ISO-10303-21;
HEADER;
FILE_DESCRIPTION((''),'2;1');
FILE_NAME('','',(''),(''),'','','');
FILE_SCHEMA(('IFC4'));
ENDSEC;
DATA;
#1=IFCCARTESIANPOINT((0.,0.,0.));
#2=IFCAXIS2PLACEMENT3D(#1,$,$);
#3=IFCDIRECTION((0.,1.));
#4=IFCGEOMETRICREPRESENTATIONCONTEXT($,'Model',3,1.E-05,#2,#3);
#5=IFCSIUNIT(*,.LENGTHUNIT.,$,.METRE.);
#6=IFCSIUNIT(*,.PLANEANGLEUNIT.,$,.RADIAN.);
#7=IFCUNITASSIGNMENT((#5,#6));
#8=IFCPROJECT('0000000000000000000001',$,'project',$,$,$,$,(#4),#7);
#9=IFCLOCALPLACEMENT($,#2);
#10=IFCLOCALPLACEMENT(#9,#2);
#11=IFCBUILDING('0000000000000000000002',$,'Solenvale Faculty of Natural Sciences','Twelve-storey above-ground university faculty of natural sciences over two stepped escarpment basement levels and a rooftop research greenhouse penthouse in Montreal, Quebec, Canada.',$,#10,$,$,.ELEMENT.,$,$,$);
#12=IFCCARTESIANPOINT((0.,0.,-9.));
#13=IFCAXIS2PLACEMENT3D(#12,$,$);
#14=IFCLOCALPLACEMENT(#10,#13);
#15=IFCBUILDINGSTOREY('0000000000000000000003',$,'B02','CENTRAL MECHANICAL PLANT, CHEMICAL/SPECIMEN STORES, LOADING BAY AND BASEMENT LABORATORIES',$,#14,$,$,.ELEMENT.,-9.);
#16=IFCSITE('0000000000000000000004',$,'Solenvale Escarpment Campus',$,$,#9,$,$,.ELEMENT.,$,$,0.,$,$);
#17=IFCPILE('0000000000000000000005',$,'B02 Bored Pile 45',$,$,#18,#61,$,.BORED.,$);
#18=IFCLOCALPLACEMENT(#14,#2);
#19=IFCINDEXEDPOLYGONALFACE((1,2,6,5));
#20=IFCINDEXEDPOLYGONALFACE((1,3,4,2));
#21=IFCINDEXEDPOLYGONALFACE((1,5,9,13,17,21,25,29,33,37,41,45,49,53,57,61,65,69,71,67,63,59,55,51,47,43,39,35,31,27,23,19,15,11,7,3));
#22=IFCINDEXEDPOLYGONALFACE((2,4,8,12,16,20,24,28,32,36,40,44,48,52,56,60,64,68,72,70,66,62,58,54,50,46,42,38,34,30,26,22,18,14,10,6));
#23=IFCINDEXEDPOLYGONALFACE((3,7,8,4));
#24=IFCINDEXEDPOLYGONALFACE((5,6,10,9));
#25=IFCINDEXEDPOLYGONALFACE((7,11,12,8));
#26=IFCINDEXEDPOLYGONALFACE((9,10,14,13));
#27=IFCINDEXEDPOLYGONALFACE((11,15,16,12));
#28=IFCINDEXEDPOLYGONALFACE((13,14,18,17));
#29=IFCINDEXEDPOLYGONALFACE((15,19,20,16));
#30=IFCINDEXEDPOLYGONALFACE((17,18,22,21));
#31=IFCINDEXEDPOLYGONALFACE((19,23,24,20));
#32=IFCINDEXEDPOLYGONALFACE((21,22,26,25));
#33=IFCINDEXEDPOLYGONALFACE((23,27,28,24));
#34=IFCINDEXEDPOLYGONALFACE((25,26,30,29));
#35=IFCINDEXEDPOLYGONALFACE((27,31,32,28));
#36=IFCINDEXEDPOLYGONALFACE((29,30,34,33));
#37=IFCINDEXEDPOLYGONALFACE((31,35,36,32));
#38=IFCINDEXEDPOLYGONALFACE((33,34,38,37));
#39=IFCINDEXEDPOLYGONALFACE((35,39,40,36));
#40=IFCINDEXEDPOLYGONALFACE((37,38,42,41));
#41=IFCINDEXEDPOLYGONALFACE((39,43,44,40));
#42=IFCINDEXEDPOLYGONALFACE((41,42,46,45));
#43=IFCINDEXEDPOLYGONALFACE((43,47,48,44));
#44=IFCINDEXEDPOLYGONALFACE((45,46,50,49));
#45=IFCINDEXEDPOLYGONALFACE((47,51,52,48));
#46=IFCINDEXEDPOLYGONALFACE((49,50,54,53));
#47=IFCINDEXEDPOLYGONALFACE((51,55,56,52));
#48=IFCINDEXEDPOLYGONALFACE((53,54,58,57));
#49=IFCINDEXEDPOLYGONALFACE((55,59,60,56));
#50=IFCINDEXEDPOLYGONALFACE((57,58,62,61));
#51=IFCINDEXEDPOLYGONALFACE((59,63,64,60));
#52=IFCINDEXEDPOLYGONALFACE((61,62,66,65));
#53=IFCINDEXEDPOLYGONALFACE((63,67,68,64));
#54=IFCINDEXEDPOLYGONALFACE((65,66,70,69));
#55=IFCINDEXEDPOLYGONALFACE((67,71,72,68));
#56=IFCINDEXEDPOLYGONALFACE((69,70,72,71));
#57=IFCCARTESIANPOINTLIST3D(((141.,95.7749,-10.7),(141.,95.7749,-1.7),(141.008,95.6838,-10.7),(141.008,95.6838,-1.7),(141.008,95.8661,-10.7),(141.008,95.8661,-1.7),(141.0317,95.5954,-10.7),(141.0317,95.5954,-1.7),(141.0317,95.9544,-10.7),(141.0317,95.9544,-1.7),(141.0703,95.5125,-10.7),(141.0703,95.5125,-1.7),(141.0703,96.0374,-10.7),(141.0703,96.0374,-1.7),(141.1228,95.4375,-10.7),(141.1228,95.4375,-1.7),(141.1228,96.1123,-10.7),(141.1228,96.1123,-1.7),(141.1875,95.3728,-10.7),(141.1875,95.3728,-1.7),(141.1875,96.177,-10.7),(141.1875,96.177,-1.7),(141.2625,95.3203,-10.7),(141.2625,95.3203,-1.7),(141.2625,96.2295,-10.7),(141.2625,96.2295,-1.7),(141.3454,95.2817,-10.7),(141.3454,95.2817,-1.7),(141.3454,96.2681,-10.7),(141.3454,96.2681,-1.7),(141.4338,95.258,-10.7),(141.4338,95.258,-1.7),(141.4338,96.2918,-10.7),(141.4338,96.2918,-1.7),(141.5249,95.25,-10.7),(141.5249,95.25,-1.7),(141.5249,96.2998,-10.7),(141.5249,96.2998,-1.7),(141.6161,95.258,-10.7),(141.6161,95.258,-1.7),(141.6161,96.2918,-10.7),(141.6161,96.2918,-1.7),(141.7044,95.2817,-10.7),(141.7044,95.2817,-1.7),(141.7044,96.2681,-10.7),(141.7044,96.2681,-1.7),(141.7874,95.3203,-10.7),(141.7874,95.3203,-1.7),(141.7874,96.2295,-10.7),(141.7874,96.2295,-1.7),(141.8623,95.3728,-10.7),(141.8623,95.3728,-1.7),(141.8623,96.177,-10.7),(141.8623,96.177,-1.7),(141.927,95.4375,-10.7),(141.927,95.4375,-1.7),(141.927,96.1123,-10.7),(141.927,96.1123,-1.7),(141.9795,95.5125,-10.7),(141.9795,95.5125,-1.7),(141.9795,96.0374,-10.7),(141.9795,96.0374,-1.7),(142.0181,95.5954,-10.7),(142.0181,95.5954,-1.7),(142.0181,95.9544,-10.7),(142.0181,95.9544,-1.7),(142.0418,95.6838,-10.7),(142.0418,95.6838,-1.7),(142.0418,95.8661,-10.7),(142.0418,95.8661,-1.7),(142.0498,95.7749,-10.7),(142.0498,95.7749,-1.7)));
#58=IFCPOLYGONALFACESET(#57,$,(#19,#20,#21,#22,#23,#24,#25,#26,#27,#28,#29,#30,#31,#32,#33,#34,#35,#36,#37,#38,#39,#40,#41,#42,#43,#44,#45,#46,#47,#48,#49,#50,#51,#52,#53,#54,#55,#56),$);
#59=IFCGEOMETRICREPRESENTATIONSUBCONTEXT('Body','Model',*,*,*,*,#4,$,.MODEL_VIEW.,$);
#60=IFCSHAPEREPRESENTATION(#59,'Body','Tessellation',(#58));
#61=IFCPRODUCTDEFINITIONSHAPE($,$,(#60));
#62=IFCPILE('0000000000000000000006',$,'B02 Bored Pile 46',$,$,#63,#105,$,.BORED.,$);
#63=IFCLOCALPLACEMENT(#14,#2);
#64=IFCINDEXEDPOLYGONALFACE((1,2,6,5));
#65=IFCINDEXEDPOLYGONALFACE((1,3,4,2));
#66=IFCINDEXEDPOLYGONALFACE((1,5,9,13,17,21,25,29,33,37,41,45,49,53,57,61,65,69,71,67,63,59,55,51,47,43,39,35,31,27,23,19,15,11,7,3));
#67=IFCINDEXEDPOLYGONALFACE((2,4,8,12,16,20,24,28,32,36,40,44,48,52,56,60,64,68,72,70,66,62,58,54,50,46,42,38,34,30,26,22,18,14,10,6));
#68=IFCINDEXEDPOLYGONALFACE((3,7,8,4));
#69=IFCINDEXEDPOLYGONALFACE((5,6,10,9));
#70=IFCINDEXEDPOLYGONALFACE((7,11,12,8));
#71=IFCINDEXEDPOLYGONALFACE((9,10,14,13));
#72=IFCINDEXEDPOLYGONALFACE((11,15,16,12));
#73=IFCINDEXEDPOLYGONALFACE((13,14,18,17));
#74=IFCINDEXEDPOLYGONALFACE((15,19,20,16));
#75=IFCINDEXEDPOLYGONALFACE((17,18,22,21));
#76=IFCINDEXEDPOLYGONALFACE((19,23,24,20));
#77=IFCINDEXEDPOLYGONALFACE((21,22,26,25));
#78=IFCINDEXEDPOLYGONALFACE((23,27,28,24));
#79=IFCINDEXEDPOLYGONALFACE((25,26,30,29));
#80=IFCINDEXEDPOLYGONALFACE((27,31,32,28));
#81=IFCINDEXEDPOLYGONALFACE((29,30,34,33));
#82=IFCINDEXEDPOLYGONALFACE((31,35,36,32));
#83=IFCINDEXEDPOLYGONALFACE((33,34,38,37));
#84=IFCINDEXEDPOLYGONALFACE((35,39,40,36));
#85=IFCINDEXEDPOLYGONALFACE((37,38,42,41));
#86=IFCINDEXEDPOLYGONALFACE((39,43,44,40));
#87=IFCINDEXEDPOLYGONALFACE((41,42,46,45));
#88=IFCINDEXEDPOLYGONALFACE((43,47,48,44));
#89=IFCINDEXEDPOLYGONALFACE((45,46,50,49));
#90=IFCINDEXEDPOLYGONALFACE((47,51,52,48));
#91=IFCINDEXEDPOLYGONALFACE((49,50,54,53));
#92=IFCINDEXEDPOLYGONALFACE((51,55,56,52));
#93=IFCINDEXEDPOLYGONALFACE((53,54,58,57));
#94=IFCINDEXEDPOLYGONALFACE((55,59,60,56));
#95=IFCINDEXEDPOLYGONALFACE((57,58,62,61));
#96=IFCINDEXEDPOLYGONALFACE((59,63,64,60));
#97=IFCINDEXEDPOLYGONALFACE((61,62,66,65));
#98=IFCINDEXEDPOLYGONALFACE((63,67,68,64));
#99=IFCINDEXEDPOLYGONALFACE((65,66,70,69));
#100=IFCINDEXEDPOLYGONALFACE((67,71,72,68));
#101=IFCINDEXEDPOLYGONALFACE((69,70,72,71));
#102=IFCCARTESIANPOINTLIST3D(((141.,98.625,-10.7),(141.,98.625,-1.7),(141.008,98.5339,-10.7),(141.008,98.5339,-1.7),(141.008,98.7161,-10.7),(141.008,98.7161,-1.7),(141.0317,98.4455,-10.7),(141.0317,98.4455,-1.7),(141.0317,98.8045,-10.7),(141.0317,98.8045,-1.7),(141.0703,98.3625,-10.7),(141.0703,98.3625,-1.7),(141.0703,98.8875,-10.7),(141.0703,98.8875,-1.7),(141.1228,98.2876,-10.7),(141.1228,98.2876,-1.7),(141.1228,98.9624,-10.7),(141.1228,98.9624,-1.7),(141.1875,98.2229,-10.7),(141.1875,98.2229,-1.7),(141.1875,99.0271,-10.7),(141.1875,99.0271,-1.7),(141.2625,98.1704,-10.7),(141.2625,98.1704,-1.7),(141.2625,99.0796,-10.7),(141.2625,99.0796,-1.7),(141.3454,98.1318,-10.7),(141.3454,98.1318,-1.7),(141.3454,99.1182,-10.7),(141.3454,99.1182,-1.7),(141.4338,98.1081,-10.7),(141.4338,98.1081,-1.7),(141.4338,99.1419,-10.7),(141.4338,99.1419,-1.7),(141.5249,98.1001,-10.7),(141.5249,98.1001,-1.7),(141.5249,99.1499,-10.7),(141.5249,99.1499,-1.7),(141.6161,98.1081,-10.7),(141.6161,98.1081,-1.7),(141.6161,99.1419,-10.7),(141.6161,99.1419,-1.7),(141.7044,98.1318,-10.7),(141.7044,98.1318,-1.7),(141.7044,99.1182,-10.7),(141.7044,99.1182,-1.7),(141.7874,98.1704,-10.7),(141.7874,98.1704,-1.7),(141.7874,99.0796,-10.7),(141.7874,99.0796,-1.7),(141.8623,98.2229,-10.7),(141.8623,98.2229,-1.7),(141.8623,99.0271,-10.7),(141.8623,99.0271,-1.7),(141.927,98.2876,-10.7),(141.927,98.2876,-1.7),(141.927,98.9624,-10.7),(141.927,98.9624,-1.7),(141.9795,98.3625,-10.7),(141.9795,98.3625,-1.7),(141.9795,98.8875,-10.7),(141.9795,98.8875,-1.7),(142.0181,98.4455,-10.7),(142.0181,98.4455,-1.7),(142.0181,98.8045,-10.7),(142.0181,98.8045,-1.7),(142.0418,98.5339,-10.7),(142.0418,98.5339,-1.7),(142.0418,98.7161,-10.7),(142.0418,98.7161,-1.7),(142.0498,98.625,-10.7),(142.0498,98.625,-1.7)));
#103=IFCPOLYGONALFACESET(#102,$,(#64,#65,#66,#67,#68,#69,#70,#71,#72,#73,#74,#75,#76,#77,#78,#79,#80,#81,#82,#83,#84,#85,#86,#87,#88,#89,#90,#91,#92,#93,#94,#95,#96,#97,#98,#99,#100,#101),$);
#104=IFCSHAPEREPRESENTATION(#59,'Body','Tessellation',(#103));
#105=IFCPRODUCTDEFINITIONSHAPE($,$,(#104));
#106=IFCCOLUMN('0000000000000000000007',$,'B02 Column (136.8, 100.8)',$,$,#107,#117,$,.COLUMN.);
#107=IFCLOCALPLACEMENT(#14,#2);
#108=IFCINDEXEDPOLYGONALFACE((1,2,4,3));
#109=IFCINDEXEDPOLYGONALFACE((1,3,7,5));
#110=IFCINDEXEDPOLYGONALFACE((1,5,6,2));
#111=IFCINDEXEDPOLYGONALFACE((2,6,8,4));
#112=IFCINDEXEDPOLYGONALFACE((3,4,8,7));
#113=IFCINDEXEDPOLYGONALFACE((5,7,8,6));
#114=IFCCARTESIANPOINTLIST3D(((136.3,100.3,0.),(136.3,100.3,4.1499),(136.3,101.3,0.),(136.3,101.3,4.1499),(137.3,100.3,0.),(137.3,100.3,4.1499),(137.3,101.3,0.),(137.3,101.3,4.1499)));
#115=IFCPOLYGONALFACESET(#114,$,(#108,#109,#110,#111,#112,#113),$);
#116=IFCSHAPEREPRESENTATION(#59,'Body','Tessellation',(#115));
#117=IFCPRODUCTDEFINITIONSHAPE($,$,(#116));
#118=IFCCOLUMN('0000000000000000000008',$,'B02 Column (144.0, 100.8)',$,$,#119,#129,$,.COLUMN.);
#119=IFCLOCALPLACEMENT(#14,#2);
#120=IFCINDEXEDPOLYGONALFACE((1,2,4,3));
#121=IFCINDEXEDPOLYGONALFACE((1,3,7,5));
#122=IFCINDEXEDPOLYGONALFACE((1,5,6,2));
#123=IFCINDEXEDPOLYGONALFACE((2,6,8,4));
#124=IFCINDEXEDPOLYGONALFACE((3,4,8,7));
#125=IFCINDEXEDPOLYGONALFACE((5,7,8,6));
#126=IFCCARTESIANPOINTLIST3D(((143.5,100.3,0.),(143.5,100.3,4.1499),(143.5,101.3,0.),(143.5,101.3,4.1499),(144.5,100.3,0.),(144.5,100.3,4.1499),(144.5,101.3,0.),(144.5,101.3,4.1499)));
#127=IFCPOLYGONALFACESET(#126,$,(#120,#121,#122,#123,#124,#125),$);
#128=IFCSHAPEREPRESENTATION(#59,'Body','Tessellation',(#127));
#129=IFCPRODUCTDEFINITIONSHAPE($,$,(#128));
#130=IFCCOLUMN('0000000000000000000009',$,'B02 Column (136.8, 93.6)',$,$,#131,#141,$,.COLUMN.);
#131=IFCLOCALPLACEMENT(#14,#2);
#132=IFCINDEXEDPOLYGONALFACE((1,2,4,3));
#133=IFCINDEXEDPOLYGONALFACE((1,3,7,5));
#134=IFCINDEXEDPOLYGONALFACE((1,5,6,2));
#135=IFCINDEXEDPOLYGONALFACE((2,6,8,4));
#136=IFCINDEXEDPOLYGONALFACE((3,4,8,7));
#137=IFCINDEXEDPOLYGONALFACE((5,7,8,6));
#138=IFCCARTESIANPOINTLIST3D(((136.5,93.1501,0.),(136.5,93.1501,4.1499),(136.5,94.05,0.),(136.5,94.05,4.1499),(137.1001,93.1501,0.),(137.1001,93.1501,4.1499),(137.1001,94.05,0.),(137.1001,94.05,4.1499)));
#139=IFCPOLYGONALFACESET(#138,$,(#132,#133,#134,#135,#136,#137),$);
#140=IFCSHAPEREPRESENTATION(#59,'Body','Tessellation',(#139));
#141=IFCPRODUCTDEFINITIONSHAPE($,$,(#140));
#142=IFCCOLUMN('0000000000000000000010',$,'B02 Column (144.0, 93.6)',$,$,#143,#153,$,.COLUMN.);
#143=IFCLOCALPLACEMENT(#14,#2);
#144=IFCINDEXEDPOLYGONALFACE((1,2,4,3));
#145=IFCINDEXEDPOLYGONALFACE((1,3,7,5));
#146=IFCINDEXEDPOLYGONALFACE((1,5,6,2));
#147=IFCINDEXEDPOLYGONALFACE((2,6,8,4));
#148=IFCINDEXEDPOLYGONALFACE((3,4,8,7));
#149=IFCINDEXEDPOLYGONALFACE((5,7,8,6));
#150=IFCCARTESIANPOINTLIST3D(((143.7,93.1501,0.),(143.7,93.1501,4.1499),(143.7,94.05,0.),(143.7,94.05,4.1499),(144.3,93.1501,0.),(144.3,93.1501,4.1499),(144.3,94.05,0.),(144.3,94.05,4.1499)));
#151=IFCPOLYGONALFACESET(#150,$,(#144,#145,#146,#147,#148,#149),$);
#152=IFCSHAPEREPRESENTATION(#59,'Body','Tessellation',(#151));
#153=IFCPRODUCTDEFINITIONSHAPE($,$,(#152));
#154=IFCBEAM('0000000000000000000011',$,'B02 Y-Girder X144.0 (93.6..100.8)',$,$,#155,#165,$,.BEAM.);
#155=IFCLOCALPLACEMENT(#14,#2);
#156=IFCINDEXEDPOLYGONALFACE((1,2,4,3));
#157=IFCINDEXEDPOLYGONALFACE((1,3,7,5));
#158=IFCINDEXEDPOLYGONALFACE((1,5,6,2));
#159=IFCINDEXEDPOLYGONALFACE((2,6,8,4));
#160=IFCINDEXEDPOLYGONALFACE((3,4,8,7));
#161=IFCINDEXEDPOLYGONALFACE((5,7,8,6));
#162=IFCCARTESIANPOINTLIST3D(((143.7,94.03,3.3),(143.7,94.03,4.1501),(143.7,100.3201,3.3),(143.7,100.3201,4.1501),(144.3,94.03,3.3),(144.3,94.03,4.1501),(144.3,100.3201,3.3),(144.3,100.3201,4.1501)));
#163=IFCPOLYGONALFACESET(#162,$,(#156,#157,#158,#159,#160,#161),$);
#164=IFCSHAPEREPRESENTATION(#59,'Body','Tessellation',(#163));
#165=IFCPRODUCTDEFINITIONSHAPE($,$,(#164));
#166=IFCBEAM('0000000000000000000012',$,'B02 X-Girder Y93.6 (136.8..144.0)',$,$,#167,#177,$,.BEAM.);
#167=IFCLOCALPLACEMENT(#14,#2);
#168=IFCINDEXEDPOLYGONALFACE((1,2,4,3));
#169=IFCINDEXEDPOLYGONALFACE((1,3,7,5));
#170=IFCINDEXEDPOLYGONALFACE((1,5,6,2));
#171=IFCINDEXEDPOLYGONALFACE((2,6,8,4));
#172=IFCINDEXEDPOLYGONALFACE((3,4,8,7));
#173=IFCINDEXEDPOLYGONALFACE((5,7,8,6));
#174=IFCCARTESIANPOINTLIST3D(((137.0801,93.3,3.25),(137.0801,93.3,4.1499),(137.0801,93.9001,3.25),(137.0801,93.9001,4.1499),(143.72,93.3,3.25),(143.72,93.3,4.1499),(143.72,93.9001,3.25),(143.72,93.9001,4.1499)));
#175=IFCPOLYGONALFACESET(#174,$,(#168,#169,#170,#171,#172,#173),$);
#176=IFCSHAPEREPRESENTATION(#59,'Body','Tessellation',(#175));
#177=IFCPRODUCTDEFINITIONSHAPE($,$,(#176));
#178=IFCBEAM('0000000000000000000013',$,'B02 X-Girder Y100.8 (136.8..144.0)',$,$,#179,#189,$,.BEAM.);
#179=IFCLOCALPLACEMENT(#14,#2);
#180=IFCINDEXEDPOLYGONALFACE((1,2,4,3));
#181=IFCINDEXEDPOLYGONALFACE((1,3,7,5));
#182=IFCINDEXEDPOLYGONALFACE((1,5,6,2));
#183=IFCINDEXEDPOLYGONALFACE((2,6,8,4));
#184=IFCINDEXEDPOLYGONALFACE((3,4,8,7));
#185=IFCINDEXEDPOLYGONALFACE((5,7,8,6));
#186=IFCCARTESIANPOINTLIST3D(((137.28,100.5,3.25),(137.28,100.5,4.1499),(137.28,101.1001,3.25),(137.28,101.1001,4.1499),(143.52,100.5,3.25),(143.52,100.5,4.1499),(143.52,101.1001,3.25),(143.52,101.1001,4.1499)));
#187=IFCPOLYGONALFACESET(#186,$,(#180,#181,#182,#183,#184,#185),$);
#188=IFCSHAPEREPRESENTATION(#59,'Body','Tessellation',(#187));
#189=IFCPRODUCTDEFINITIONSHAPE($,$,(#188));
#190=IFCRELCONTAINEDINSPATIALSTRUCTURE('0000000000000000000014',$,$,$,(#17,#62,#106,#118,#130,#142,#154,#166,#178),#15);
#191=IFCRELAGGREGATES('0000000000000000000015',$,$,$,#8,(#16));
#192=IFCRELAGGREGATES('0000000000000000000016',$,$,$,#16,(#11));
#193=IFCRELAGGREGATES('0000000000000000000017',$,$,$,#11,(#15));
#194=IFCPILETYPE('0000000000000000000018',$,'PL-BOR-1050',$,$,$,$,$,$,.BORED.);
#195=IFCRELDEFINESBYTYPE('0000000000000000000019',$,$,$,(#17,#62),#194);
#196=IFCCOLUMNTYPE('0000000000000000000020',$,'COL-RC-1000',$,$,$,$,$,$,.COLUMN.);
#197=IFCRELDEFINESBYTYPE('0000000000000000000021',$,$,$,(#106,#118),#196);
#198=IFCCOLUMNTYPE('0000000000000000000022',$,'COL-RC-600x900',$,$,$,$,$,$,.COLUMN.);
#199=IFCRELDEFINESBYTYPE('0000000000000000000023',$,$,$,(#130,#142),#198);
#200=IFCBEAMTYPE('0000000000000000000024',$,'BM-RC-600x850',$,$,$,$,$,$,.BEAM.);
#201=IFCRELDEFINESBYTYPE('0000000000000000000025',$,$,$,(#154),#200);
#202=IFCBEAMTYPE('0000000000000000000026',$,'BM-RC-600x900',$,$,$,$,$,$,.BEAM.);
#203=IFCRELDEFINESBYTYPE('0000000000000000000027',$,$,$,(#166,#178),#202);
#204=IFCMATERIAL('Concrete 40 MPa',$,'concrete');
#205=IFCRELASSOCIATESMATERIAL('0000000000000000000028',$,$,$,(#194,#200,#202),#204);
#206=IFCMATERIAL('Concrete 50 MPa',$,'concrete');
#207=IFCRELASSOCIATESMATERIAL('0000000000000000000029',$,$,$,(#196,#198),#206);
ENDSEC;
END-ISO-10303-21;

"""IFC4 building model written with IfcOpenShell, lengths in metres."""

from ifc_helpers import new_model, si_unit, direction, frame, origin, origin_2d, place, context, subcontext, project, spatial, rectangle, circle, extrude, material, material_profile, profile_set, type_object, element, save


model = new_model("IFC4")

# Units and contexts
model_context = context("Model", 3, precision=1e-05, world=origin(), true_north=direction((0.0, 1.0)))
body_context = subcontext(model_context, "Body", "Model", "MODEL_VIEW")
ifc_project = project(units=[si_unit("LENGTHUNIT", "METRE"), si_unit("PLANEANGLEUNIT", "RADIAN")], contexts=[model_context])

# Site, building, storey
site_placement = place(None, origin())
site = spatial("IfcSite", under=ifc_project, at=site_placement, Name="Solenvale Escarpment Campus", CompositionType="ELEMENT", RefElevation=0.0)
building_placement = place(site_placement, origin())
building = spatial("IfcBuilding", under=site, at=building_placement, Name="Solenvale Faculty of Natural Sciences", Description="Twelve-storey above-ground university faculty of natural sciences over two stepped escarpment basement levels and a rooftop research greenhouse penthouse in Montreal, Quebec, Canada.", CompositionType="ELEMENT")
storey_placement = place(building_placement, frame((0.0, 0.0, -9.0)))
storey = spatial("IfcBuildingStorey", under=building, at=storey_placement, Name="B02", Description="CENTRAL MECHANICAL PLANT, CHEMICAL/SPECIMEN STORES, LOADING BAY AND BASEMENT LABORATORIES", CompositionType="ELEMENT", Elevation=-9.0)

# Shared definitions
ifc_material_1 = material(Name="Concrete 40 MPa", Category="concrete")

# Piles
ifc_material_profile_1 = material_profile(ifc_material_1, circle(Radius=0.5249, at=origin_2d()), Name="PILE-D1050")
ifc_profile_set_1 = profile_set([ifc_material_profile_1], Name="Concrete 40 MPa")
pile_type = type_object("IfcPileType", Name="PL-BOR-1050", PredefinedType="BORED", material=ifc_profile_set_1)
for number, where, z_axis, x_axis, name in (
    (1, (141.5249, 95.7749, -1.7), (0.0, 0.0, -1.0), (1.0, 0.0, 0.0), "B02 Bored Pile 45"),
    (2, (141.5249, 98.625, -1.7), (0.0, 0.0, -1.0), (1.0, 0.0, 0.0), "B02 Bored Pile 46"),
):
    element("IfcPile", number, at=place(storey_placement, frame(where, z_axis=z_axis, x_axis=x_axis)), inside=storey, type_object=pile_type, Name=name, PredefinedType="BORED", context=body_context, shape_type="SweptSolid", body=[
        extrude(circle(Radius=0.5249, at=origin_2d()), origin(), (0.0, 0.0, 1.0), 9.0),
    ])

# Columns
ifc_material_2 = material(Name="Concrete 50 MPa", Category="concrete")
ifc_material_profile_2 = material_profile(ifc_material_2, rectangle(XDim=1.0, YDim=1.0, at=origin_2d()), Name="RC-COL-1000x1000")
ifc_profile_set_2 = profile_set([ifc_material_profile_2], Name="Concrete 50 MPa")
column_type_1 = type_object("IfcColumnType", Name="COL-RC-1000", PredefinedType="COLUMN", material=ifc_profile_set_2)
for number, where, z_axis, x_axis, name in (
    (3, (136.8, 100.8, 0.0), (0.0, 0.0, 1.0), (1.0, 0.0, 0.0), "B02 Column (136.8, 100.8)"),
    (4, (144.0, 100.8, 0.0), (0.0, 0.0, 1.0), (1.0, 0.0, 0.0), "B02 Column (144.0, 100.8)"),
):
    element("IfcColumn", number, at=place(storey_placement, frame(where, z_axis=z_axis, x_axis=x_axis)), inside=storey, type_object=column_type_1, Name=name, PredefinedType="COLUMN", context=body_context, shape_type="SweptSolid", body=[
        extrude(rectangle(XDim=1.0, YDim=1.0, at=origin_2d()), origin(), (0.0, 0.0, 1.0), 4.1499),
    ])
ifc_material_profile_3 = material_profile(ifc_material_2, rectangle(XDim=0.6001, YDim=0.8999, at=origin_2d()), Name="RC-COL-600x900")
ifc_profile_set_3 = profile_set([ifc_material_profile_3], Name="Concrete 50 MPa")
column_type_2 = type_object("IfcColumnType", Name="COL-RC-600x900", PredefinedType="COLUMN", material=ifc_profile_set_3)
for number, where, z_axis, x_axis, name in (
    (5, (136.8, 93.6001, 0.0), (0.0, 0.0, 1.0), (1.0, 0.0, 0.0), "B02 Column (136.8, 93.6)"),
    (6, (144.0, 93.6001, 0.0), (0.0, 0.0, 1.0), (1.0, 0.0, 0.0), "B02 Column (144.0, 93.6)"),
):
    element("IfcColumn", number, at=place(storey_placement, frame(where, z_axis=z_axis, x_axis=x_axis)), inside=storey, type_object=column_type_2, Name=name, PredefinedType="COLUMN", context=body_context, shape_type="SweptSolid", body=[
        extrude(rectangle(XDim=0.6001, YDim=0.8999, at=origin_2d()), origin(), (0.0, 0.0, 1.0), 4.1499),
    ])

# Beams
ifc_material_profile_4 = material_profile(ifc_material_1, rectangle(XDim=0.6001, YDim=0.8501, at=origin_2d()), Name="RC-BM-600x850")
ifc_profile_set_4 = profile_set([ifc_material_profile_4], Name="Concrete 40 MPa")
beam_type_1 = type_object("IfcBeamType", Name="BM-RC-600x850", PredefinedType="BEAM", material=ifc_profile_set_4)
beam_1_placement = place(storey_placement, frame((144.0, 94.03, 3.7251), z_axis=(0.0, 1.0, 0.0), x_axis=(-1.0, 0.0, 0.0)))
element("IfcBeam", 7, at=beam_1_placement, inside=storey, type_object=beam_type_1, Name="B02 Y-Girder X144.0 (93.6..100.8)", PredefinedType="BEAM", context=body_context, shape_type="SweptSolid", body=[
    extrude(rectangle(XDim=0.6001, YDim=0.8501, at=origin_2d()), origin(), (0.0, 0.0, 1.0), 6.29),
])
ifc_material_profile_5 = material_profile(ifc_material_1, rectangle(XDim=0.6001, YDim=0.8999, at=origin_2d()), Name="RC-BM-600x900")
ifc_profile_set_5 = profile_set([ifc_material_profile_5], Name="Concrete 40 MPa")
beam_type_2 = type_object("IfcBeamType", Name="BM-RC-600x900", PredefinedType="BEAM", material=ifc_profile_set_5)
beam_2_placement = place(storey_placement, frame((137.0801, 93.6001, 3.7), z_axis=(1.0, 0.0, 0.0), x_axis=(0.0, 1.0, 0.0)))
element("IfcBeam", 8, at=beam_2_placement, inside=storey, type_object=beam_type_2, Name="B02 X-Girder Y93.6 (136.8..144.0)", PredefinedType="BEAM", context=body_context, shape_type="SweptSolid", body=[
    extrude(rectangle(XDim=0.6001, YDim=0.8999, at=origin_2d()), origin(), (0.0, 0.0, 1.0), 6.6399),
])
beam_3_placement = place(storey_placement, frame((137.28, 100.8, 3.7), z_axis=(1.0, 0.0, 0.0), x_axis=(0.0, 1.0, 0.0)))
element("IfcBeam", 9, at=beam_3_placement, inside=storey, type_object=beam_type_2, Name="B02 X-Girder Y100.8 (136.8..144.0)", PredefinedType="BEAM", context=body_context, shape_type="SweptSolid", body=[
    extrude(rectangle(XDim=0.6001, YDim=0.8999, at=origin_2d()), origin(), (0.0, 0.0, 1.0), 6.24),
])

save(model, "model.ifc")
